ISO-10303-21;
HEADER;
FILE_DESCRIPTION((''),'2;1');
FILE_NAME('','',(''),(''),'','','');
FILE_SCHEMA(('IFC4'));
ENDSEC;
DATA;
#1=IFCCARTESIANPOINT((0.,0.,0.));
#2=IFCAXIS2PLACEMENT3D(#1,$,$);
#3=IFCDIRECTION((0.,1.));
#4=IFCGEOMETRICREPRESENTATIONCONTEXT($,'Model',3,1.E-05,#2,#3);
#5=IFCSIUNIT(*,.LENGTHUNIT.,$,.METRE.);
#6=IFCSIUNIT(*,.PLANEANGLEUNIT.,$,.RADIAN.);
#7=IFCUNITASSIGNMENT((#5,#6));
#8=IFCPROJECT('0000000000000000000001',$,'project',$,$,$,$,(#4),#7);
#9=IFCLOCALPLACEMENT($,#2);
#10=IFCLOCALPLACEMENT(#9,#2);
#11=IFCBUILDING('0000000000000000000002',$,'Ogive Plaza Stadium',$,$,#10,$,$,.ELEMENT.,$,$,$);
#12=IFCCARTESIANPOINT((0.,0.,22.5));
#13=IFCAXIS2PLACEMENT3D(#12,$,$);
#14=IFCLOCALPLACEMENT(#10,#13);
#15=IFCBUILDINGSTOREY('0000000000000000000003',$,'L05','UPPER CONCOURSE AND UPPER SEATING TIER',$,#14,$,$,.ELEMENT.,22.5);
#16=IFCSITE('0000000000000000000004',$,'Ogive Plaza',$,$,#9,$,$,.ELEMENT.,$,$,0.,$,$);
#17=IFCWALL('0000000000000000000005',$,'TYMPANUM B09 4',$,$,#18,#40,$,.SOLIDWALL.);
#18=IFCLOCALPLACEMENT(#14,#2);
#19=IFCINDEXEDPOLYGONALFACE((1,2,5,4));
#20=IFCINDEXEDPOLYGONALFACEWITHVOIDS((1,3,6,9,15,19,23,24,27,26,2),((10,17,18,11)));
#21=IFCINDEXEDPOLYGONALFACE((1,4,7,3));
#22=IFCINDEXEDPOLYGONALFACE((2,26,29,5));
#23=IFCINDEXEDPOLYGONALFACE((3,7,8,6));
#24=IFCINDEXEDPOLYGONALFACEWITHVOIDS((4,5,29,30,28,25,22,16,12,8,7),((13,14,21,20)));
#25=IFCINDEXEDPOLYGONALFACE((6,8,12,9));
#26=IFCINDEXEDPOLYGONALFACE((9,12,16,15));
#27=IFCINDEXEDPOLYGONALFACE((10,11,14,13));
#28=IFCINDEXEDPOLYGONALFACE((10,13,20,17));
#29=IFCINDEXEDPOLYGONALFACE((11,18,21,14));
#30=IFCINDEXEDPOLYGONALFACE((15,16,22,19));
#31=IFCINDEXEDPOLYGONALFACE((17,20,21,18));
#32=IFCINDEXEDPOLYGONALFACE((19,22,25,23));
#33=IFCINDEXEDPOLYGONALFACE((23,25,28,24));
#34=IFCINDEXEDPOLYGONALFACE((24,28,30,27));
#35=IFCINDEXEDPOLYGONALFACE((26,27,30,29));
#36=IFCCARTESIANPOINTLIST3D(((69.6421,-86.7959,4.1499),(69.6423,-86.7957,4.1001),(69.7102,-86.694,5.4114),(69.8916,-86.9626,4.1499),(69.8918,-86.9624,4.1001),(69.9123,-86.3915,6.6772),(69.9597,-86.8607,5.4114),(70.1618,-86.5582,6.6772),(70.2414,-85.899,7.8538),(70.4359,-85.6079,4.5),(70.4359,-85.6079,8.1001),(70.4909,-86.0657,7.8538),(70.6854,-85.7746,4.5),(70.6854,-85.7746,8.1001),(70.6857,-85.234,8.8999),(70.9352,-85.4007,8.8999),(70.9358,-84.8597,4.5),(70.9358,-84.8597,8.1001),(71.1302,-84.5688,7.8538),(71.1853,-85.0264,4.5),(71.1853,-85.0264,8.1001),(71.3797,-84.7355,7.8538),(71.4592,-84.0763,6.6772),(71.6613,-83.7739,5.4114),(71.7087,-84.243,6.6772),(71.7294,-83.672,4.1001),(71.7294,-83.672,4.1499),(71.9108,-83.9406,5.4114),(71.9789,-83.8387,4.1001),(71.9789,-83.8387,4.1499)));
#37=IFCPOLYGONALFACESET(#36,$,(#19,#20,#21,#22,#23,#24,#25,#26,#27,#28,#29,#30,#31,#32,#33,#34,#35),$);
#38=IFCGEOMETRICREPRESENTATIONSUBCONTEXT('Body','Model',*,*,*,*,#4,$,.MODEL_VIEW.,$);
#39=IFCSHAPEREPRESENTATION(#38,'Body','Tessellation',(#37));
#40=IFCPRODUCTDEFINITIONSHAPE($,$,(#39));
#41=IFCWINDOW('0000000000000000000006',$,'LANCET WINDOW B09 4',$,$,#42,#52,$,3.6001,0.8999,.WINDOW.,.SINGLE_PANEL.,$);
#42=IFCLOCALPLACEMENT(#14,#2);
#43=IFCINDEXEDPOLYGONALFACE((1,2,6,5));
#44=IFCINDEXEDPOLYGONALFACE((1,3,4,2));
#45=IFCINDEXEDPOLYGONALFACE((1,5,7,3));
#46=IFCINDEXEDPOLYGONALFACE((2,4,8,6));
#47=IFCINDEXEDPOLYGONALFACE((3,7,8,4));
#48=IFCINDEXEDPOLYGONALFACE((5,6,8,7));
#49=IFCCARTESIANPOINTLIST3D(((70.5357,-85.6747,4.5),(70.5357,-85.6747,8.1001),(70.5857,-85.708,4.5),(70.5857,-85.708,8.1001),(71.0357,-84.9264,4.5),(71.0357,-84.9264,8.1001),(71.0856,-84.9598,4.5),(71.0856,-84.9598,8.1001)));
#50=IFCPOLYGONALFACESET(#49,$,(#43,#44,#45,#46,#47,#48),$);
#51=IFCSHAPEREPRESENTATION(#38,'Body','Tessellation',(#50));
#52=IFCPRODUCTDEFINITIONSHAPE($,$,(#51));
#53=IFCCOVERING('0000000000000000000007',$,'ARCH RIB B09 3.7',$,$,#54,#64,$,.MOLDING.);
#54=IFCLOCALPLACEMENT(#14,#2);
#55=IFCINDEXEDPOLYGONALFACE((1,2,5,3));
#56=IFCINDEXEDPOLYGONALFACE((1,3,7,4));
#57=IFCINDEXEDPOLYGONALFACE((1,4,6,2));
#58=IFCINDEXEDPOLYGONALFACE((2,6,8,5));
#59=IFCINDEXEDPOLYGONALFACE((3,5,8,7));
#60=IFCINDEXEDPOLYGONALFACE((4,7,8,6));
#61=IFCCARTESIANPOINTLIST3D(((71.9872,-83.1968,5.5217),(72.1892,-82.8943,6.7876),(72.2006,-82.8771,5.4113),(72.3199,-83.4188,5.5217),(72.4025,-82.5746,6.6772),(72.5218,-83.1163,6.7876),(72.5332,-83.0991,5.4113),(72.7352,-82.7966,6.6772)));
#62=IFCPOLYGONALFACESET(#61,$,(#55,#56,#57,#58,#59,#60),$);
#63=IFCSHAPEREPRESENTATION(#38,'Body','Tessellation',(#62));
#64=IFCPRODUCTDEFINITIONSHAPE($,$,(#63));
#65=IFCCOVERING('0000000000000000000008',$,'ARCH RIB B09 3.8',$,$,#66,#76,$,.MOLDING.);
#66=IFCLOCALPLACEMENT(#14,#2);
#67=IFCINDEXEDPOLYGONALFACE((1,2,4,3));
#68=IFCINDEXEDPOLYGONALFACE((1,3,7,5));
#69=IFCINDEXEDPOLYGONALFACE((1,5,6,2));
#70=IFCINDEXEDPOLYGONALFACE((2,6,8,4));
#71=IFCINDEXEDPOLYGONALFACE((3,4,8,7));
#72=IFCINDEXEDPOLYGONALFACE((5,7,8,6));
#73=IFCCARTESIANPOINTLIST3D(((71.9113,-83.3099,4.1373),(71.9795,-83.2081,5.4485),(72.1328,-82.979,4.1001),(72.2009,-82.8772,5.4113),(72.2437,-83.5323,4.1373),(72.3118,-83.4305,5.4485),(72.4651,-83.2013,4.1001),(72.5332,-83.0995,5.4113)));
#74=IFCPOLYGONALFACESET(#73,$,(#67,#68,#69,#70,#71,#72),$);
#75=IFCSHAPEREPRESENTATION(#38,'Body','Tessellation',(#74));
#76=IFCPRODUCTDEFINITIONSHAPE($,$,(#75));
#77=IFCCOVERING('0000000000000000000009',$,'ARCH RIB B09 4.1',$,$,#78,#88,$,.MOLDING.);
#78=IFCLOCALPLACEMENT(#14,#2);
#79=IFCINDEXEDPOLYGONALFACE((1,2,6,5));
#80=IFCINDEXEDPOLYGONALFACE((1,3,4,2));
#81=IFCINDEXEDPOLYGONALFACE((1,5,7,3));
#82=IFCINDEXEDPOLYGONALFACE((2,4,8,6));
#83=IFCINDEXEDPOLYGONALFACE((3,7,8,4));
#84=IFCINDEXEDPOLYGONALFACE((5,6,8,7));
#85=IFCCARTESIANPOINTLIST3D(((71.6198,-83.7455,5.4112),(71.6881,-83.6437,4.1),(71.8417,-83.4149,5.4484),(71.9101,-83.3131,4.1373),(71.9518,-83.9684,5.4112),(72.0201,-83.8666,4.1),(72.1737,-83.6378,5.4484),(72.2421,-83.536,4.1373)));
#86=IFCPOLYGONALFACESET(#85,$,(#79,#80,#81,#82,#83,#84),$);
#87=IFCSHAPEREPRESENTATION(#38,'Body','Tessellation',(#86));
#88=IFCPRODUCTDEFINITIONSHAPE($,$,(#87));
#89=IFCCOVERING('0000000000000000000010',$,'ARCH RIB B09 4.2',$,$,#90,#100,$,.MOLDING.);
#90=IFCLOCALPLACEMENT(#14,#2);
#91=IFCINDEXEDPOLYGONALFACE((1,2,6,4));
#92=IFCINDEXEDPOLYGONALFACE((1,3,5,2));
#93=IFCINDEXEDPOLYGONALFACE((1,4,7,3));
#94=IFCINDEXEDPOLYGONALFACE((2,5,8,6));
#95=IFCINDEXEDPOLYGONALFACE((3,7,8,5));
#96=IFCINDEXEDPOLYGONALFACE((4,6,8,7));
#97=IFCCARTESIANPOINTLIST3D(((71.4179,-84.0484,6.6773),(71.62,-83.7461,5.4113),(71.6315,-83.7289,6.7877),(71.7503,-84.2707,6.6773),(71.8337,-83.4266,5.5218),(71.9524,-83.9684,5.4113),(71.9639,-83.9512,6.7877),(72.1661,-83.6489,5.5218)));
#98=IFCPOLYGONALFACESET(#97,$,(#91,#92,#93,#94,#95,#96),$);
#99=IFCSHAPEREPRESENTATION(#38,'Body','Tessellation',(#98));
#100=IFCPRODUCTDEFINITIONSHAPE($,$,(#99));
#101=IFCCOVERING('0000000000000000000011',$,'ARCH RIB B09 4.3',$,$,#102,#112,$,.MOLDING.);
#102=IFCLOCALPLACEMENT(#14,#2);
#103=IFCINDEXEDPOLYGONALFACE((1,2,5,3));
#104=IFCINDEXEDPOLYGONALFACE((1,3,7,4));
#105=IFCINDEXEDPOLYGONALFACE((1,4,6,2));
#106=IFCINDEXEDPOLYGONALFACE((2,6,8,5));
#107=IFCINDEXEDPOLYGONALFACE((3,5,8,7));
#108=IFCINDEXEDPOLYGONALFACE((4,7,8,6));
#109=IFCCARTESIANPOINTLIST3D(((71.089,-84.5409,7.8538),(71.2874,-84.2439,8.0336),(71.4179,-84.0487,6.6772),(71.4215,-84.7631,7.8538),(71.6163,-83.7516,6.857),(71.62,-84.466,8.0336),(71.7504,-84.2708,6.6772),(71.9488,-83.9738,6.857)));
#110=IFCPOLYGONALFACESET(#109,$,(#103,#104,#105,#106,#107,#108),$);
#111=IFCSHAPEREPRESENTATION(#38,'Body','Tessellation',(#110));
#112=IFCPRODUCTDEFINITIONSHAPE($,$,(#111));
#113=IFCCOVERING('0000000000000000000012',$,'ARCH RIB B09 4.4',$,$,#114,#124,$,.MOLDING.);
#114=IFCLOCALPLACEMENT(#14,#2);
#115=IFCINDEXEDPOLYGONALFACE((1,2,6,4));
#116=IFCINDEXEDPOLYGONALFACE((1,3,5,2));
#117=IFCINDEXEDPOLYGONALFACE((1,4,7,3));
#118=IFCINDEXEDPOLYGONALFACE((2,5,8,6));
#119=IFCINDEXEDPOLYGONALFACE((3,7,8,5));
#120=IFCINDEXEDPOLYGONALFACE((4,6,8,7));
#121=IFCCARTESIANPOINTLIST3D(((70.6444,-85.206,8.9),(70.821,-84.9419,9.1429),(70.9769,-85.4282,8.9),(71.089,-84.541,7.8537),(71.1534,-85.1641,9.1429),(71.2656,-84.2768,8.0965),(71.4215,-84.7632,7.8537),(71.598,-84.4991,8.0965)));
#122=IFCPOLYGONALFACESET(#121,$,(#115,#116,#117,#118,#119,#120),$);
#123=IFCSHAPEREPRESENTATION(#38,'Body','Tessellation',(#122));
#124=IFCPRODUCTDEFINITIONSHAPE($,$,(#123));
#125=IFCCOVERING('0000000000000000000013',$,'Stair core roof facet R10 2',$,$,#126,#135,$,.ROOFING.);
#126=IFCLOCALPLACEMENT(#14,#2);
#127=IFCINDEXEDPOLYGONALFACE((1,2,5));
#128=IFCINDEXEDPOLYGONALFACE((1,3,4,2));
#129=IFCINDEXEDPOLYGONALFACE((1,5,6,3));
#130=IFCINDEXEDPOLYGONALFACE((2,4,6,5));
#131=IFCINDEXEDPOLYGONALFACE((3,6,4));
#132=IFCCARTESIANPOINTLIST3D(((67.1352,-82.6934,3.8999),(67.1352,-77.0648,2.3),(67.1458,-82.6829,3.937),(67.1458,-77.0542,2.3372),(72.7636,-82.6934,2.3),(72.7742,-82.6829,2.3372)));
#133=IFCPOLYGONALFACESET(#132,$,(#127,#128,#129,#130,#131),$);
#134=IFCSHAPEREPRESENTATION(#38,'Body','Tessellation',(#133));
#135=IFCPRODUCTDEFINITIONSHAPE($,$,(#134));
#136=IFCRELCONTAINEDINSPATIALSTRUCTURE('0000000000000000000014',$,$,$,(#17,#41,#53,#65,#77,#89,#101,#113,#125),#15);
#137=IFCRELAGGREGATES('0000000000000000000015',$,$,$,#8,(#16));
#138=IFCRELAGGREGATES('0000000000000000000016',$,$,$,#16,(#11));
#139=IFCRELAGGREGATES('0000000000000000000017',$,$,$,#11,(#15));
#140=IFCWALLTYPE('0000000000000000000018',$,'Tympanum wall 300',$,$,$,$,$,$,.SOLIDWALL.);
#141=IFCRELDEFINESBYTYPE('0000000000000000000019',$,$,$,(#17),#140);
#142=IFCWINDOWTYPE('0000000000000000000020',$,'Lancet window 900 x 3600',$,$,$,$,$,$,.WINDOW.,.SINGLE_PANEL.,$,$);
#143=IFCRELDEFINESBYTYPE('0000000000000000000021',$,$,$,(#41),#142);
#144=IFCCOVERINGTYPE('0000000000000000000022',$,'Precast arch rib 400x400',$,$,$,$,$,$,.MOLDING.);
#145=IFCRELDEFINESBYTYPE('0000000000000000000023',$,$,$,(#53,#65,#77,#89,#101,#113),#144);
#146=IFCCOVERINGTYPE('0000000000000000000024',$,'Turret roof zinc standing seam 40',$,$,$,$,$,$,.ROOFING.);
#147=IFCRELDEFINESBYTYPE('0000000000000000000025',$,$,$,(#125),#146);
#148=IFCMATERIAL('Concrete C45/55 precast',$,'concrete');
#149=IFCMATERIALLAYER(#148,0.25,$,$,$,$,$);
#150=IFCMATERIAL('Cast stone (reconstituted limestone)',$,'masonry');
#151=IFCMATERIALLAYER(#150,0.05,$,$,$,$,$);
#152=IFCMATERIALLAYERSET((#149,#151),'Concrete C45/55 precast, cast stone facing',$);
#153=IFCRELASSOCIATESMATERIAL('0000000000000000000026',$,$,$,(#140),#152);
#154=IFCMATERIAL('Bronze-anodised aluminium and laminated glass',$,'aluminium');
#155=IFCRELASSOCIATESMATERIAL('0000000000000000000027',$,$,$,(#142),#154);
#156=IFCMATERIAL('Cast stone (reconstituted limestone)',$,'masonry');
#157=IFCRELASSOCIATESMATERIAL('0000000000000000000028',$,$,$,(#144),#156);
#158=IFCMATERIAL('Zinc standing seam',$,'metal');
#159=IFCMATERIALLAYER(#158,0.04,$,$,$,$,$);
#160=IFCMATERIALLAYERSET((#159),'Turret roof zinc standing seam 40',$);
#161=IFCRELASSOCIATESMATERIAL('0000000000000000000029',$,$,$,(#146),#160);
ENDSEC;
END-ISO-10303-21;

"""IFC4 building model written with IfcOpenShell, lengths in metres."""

from ifc_helpers import new_model, si_unit, direction, frame, frame_2d, origin, origin_2d, place, context, subcontext, project, spatial, polyline, rectangle, outline, extrude, material, layer, layer_set, material_profile, profile_set, type_object, element, fill, save


model = new_model("IFC4")

# Units and contexts
model_context = context("Model", 3, precision=1e-05, world=origin(), true_north=direction((0.0, 1.0)))
body_context = subcontext(model_context, "Body", "Model", "MODEL_VIEW")
ifc_project = project(units=[si_unit("LENGTHUNIT", "METRE"), si_unit("PLANEANGLEUNIT", "RADIAN")], contexts=[model_context])

# Site, building, storey
site_placement = place(None, origin())
site = spatial("IfcSite", under=ifc_project, at=site_placement, Name="Ogive Plaza", CompositionType="ELEMENT", RefElevation=0.0)
building_placement = place(site_placement, origin())
building = spatial("IfcBuilding", under=site, at=building_placement, Name="Ogive Plaza Stadium", CompositionType="ELEMENT")
storey_placement = place(building_placement, frame((0.0, 0.0, 22.5)))
storey = spatial("IfcBuildingStorey", under=building, at=storey_placement, Name="L05", Description="UPPER CONCOURSE AND UPPER SEATING TIER", CompositionType="ELEMENT", Elevation=22.5)

# Wall, opening, window
ifc_material_1 = material(Name="Concrete C45/55 precast", Category="concrete")
ifc_layer_1 = layer(ifc_material_1, 0.25)
ifc_material_2 = material(Name="Cast stone (reconstituted limestone)", Category="masonry")
ifc_layer_2 = layer(ifc_material_2, 0.05)
ifc_layer_set_1 = layer_set([ifc_layer_1, ifc_layer_2], Name="Concrete C45/55 precast, cast stone facing")
wall_type = type_object("IfcWallType", Name="Tympanum wall 300", PredefinedType="SOLIDWALL", material=ifc_layer_set_1)
wall_placement = place(storey_placement, frame((71.8542, -83.7554, 4.1001), z_axis=(0.0, 0.0, 1.0), x_axis=(-0.555555, -0.83148, 0.0)))
wall = element("IfcWall", 1, at=wall_placement, inside=storey, type_object=wall_type, Name="TYMPANUM B09 4", PredefinedType="SOLIDWALL", context=body_context, shape_type="SweptSolid", body=[
    extrude(outline(polyline([(0.0, 0.0), (3.7568, 0.0), (3.7571, 0.0498), (3.6345, 1.3113), (3.2708, 2.5771), (2.6785, 3.7537), (1.8787, 4.7998), (1.0786, 3.7537), (0.4863, 2.5771), (0.1226, 1.3113), (0.0, 0.0498), (0.0, 0.0)])), frame((0.0, 0.1499, 0.0), z_axis=(0.0, -1.0, 0.0), x_axis=(1.0, 0.0, 0.0)), (0.0, 0.0, 1.0), 0.3),
])
opening_placement = place(wall_placement, frame((1.4285, 0.0, 0.3999)))
opening = element("IfcOpeningElement", 2, at=opening_placement, cuts=wall, PredefinedType="OPENING", context=body_context, shape_type="SweptSolid", body=[
    extrude(rectangle(XDim=0.8999, YDim=3.6001, at=frame_2d((0.45, 1.8))), frame((0.0, 0.1602, 0.0), z_axis=(0.0, -1.0, 0.0), x_axis=(1.0, 0.0, 0.0)), (0.0, 0.0, 1.0), 0.3201),
])
ifc_material_3 = material(Name="Bronze-anodised aluminium and laminated glass", Category="aluminium")
window_type = type_object("IfcWindowType", Name="Lancet window 900 x 3600", PartitioningType="SINGLE_PANEL", PredefinedType="WINDOW", material=ifc_material_3)
window_placement = place(opening_placement, origin())
window = element("IfcWindow", 3, at=window_placement, inside=storey, type_object=window_type, Name="LANCET WINDOW B09 4", OverallHeight=3.6001, OverallWidth=0.8999, PartitioningType="SINGLE_PANEL", PredefinedType="WINDOW", context=body_context, shape_type="SweptSolid", body=[
    extrude(rectangle(XDim=0.8999, YDim=3.6001, at=frame_2d((0.45, 1.8))), frame((0.0, 0.03, 0.0), z_axis=(0.0, -1.0, 0.0), x_axis=(1.0, 0.0, 0.0)), (0.0, 0.0, 1.0), 0.0601),
])
fill(opening, window)

# Coverings
ifc_material_4 = material(Name="Cast stone (reconstituted limestone)", Category="masonry")
ifc_material_profile_1 = material_profile(ifc_material_4, rectangle(XDim=0.3999, YDim=0.3999, at=origin_2d()), Name="Cast stone 400x400")
ifc_profile_set_1 = profile_set([ifc_material_profile_1], Name="Cast stone (reconstituted limestone)")
covering_type_1 = type_object("IfcCoveringType", Name="Precast arch rib 400x400", PredefinedType="MOLDING", material=ifc_profile_set_1)
covering_1_placement = place(storey_placement, frame((72.4622, -82.8455, 6.7324), z_axis=(-0.153297, -0.229668, -0.96112), x_axis=(0.83174, -0.555165, 0.0)))
element("IfcCovering", 4, at=covering_1_placement, inside=storey, type_object=covering_type_1, Name="ARCH RIB B09 3.7", PredefinedType="MOLDING", context=body_context, shape_type="SweptSolid", body=[
    extrude(rectangle(XDim=0.3999, YDim=0.3999, at=origin_2d()), origin(), (0.0, 0.0, 1.0), 1.3171),
])
for number, where, z_axis, x_axis, name in (
    (5, (72.2563, -83.1538, 5.4299), (-0.05172, -0.077303, -0.995665), (0.831129, -0.556079, 0.0), "ARCH RIB B09 3.8"),
    (6, (71.9651, -83.5898, 4.1187), (-0.051905, -0.077302, 0.995656), (0.830208, -0.557454, 0.0), "ARCH RIB B09 4.1"),
):
    element("IfcCovering", number, at=place(storey_placement, frame(where, z_axis=z_axis, x_axis=x_axis)), inside=storey, type_object=covering_type_1, Name=name, PredefinedType="MOLDING", context=body_context, shape_type="SweptSolid", body=[
        extrude(rectangle(XDim=0.3999, YDim=0.3999, at=origin_2d()), origin(), (0.0, 0.0, 1.0), 1.3169),
    ])
for number, where, z_axis, x_axis, name in (
    (7, (71.8931, -83.6975, 5.4666), (-0.153485, -0.229486, 0.961134), (0.831223, -0.555939, 0.0), "ARCH RIB B09 4.2"),
    (8, (71.6833, -84.0112, 6.7671), (-0.249695, -0.373709, 0.893305), (0.831479, -0.555557, 0.0), "ARCH RIB B09 4.3"),
    (9, (71.3435, -84.52, 7.9751), (-0.337535, -0.504912, 0.794439), (0.831345, -0.555756, 0.0), "ARCH RIB B09 4.4"),
):
    element("IfcCovering", number, at=place(storey_placement, frame(where, z_axis=z_axis, x_axis=x_axis)), inside=storey, type_object=covering_type_1, Name=name, PredefinedType="MOLDING", context=body_context, shape_type="SweptSolid", body=[
        extrude(rectangle(XDim=0.3999, YDim=0.3999, at=origin_2d()), origin(), (0.0, 0.0, 1.0), 1.3171),
    ])
ifc_material_5 = material(Name="Zinc standing seam", Category="metal")
ifc_layer_3 = layer(ifc_material_5, 0.04)
ifc_layer_set_2 = layer_set([ifc_layer_3], Name="Turret roof zinc standing seam 40")
covering_type_2 = type_object("IfcCoveringType", Name="Turret roof zinc standing seam 40", PredefinedType="ROOFING", material=ifc_layer_set_2)
covering_2_placement = place(storey_placement, frame((72.7742, -82.6829, 2.3372), z_axis=(0.263735, 0.263724, 0.927843), x_axis=(-0.707091, 0.707122, 0.0)))
element("IfcCovering", 10, at=covering_2_placement, inside=storey, type_object=covering_type_2, Name="Stair core roof facet R10 2", PredefinedType="ROOFING", context=body_context, shape_type="SweptSolid", body=[
    extrude(outline(polyline([(0.0, 0.0), (7.96, 0.0), (3.9798, 4.2895), (0.0, 0.0)])), origin(), (0.0, 0.0, -1.0), 0.04),
])

save(model, "model.ifc")
